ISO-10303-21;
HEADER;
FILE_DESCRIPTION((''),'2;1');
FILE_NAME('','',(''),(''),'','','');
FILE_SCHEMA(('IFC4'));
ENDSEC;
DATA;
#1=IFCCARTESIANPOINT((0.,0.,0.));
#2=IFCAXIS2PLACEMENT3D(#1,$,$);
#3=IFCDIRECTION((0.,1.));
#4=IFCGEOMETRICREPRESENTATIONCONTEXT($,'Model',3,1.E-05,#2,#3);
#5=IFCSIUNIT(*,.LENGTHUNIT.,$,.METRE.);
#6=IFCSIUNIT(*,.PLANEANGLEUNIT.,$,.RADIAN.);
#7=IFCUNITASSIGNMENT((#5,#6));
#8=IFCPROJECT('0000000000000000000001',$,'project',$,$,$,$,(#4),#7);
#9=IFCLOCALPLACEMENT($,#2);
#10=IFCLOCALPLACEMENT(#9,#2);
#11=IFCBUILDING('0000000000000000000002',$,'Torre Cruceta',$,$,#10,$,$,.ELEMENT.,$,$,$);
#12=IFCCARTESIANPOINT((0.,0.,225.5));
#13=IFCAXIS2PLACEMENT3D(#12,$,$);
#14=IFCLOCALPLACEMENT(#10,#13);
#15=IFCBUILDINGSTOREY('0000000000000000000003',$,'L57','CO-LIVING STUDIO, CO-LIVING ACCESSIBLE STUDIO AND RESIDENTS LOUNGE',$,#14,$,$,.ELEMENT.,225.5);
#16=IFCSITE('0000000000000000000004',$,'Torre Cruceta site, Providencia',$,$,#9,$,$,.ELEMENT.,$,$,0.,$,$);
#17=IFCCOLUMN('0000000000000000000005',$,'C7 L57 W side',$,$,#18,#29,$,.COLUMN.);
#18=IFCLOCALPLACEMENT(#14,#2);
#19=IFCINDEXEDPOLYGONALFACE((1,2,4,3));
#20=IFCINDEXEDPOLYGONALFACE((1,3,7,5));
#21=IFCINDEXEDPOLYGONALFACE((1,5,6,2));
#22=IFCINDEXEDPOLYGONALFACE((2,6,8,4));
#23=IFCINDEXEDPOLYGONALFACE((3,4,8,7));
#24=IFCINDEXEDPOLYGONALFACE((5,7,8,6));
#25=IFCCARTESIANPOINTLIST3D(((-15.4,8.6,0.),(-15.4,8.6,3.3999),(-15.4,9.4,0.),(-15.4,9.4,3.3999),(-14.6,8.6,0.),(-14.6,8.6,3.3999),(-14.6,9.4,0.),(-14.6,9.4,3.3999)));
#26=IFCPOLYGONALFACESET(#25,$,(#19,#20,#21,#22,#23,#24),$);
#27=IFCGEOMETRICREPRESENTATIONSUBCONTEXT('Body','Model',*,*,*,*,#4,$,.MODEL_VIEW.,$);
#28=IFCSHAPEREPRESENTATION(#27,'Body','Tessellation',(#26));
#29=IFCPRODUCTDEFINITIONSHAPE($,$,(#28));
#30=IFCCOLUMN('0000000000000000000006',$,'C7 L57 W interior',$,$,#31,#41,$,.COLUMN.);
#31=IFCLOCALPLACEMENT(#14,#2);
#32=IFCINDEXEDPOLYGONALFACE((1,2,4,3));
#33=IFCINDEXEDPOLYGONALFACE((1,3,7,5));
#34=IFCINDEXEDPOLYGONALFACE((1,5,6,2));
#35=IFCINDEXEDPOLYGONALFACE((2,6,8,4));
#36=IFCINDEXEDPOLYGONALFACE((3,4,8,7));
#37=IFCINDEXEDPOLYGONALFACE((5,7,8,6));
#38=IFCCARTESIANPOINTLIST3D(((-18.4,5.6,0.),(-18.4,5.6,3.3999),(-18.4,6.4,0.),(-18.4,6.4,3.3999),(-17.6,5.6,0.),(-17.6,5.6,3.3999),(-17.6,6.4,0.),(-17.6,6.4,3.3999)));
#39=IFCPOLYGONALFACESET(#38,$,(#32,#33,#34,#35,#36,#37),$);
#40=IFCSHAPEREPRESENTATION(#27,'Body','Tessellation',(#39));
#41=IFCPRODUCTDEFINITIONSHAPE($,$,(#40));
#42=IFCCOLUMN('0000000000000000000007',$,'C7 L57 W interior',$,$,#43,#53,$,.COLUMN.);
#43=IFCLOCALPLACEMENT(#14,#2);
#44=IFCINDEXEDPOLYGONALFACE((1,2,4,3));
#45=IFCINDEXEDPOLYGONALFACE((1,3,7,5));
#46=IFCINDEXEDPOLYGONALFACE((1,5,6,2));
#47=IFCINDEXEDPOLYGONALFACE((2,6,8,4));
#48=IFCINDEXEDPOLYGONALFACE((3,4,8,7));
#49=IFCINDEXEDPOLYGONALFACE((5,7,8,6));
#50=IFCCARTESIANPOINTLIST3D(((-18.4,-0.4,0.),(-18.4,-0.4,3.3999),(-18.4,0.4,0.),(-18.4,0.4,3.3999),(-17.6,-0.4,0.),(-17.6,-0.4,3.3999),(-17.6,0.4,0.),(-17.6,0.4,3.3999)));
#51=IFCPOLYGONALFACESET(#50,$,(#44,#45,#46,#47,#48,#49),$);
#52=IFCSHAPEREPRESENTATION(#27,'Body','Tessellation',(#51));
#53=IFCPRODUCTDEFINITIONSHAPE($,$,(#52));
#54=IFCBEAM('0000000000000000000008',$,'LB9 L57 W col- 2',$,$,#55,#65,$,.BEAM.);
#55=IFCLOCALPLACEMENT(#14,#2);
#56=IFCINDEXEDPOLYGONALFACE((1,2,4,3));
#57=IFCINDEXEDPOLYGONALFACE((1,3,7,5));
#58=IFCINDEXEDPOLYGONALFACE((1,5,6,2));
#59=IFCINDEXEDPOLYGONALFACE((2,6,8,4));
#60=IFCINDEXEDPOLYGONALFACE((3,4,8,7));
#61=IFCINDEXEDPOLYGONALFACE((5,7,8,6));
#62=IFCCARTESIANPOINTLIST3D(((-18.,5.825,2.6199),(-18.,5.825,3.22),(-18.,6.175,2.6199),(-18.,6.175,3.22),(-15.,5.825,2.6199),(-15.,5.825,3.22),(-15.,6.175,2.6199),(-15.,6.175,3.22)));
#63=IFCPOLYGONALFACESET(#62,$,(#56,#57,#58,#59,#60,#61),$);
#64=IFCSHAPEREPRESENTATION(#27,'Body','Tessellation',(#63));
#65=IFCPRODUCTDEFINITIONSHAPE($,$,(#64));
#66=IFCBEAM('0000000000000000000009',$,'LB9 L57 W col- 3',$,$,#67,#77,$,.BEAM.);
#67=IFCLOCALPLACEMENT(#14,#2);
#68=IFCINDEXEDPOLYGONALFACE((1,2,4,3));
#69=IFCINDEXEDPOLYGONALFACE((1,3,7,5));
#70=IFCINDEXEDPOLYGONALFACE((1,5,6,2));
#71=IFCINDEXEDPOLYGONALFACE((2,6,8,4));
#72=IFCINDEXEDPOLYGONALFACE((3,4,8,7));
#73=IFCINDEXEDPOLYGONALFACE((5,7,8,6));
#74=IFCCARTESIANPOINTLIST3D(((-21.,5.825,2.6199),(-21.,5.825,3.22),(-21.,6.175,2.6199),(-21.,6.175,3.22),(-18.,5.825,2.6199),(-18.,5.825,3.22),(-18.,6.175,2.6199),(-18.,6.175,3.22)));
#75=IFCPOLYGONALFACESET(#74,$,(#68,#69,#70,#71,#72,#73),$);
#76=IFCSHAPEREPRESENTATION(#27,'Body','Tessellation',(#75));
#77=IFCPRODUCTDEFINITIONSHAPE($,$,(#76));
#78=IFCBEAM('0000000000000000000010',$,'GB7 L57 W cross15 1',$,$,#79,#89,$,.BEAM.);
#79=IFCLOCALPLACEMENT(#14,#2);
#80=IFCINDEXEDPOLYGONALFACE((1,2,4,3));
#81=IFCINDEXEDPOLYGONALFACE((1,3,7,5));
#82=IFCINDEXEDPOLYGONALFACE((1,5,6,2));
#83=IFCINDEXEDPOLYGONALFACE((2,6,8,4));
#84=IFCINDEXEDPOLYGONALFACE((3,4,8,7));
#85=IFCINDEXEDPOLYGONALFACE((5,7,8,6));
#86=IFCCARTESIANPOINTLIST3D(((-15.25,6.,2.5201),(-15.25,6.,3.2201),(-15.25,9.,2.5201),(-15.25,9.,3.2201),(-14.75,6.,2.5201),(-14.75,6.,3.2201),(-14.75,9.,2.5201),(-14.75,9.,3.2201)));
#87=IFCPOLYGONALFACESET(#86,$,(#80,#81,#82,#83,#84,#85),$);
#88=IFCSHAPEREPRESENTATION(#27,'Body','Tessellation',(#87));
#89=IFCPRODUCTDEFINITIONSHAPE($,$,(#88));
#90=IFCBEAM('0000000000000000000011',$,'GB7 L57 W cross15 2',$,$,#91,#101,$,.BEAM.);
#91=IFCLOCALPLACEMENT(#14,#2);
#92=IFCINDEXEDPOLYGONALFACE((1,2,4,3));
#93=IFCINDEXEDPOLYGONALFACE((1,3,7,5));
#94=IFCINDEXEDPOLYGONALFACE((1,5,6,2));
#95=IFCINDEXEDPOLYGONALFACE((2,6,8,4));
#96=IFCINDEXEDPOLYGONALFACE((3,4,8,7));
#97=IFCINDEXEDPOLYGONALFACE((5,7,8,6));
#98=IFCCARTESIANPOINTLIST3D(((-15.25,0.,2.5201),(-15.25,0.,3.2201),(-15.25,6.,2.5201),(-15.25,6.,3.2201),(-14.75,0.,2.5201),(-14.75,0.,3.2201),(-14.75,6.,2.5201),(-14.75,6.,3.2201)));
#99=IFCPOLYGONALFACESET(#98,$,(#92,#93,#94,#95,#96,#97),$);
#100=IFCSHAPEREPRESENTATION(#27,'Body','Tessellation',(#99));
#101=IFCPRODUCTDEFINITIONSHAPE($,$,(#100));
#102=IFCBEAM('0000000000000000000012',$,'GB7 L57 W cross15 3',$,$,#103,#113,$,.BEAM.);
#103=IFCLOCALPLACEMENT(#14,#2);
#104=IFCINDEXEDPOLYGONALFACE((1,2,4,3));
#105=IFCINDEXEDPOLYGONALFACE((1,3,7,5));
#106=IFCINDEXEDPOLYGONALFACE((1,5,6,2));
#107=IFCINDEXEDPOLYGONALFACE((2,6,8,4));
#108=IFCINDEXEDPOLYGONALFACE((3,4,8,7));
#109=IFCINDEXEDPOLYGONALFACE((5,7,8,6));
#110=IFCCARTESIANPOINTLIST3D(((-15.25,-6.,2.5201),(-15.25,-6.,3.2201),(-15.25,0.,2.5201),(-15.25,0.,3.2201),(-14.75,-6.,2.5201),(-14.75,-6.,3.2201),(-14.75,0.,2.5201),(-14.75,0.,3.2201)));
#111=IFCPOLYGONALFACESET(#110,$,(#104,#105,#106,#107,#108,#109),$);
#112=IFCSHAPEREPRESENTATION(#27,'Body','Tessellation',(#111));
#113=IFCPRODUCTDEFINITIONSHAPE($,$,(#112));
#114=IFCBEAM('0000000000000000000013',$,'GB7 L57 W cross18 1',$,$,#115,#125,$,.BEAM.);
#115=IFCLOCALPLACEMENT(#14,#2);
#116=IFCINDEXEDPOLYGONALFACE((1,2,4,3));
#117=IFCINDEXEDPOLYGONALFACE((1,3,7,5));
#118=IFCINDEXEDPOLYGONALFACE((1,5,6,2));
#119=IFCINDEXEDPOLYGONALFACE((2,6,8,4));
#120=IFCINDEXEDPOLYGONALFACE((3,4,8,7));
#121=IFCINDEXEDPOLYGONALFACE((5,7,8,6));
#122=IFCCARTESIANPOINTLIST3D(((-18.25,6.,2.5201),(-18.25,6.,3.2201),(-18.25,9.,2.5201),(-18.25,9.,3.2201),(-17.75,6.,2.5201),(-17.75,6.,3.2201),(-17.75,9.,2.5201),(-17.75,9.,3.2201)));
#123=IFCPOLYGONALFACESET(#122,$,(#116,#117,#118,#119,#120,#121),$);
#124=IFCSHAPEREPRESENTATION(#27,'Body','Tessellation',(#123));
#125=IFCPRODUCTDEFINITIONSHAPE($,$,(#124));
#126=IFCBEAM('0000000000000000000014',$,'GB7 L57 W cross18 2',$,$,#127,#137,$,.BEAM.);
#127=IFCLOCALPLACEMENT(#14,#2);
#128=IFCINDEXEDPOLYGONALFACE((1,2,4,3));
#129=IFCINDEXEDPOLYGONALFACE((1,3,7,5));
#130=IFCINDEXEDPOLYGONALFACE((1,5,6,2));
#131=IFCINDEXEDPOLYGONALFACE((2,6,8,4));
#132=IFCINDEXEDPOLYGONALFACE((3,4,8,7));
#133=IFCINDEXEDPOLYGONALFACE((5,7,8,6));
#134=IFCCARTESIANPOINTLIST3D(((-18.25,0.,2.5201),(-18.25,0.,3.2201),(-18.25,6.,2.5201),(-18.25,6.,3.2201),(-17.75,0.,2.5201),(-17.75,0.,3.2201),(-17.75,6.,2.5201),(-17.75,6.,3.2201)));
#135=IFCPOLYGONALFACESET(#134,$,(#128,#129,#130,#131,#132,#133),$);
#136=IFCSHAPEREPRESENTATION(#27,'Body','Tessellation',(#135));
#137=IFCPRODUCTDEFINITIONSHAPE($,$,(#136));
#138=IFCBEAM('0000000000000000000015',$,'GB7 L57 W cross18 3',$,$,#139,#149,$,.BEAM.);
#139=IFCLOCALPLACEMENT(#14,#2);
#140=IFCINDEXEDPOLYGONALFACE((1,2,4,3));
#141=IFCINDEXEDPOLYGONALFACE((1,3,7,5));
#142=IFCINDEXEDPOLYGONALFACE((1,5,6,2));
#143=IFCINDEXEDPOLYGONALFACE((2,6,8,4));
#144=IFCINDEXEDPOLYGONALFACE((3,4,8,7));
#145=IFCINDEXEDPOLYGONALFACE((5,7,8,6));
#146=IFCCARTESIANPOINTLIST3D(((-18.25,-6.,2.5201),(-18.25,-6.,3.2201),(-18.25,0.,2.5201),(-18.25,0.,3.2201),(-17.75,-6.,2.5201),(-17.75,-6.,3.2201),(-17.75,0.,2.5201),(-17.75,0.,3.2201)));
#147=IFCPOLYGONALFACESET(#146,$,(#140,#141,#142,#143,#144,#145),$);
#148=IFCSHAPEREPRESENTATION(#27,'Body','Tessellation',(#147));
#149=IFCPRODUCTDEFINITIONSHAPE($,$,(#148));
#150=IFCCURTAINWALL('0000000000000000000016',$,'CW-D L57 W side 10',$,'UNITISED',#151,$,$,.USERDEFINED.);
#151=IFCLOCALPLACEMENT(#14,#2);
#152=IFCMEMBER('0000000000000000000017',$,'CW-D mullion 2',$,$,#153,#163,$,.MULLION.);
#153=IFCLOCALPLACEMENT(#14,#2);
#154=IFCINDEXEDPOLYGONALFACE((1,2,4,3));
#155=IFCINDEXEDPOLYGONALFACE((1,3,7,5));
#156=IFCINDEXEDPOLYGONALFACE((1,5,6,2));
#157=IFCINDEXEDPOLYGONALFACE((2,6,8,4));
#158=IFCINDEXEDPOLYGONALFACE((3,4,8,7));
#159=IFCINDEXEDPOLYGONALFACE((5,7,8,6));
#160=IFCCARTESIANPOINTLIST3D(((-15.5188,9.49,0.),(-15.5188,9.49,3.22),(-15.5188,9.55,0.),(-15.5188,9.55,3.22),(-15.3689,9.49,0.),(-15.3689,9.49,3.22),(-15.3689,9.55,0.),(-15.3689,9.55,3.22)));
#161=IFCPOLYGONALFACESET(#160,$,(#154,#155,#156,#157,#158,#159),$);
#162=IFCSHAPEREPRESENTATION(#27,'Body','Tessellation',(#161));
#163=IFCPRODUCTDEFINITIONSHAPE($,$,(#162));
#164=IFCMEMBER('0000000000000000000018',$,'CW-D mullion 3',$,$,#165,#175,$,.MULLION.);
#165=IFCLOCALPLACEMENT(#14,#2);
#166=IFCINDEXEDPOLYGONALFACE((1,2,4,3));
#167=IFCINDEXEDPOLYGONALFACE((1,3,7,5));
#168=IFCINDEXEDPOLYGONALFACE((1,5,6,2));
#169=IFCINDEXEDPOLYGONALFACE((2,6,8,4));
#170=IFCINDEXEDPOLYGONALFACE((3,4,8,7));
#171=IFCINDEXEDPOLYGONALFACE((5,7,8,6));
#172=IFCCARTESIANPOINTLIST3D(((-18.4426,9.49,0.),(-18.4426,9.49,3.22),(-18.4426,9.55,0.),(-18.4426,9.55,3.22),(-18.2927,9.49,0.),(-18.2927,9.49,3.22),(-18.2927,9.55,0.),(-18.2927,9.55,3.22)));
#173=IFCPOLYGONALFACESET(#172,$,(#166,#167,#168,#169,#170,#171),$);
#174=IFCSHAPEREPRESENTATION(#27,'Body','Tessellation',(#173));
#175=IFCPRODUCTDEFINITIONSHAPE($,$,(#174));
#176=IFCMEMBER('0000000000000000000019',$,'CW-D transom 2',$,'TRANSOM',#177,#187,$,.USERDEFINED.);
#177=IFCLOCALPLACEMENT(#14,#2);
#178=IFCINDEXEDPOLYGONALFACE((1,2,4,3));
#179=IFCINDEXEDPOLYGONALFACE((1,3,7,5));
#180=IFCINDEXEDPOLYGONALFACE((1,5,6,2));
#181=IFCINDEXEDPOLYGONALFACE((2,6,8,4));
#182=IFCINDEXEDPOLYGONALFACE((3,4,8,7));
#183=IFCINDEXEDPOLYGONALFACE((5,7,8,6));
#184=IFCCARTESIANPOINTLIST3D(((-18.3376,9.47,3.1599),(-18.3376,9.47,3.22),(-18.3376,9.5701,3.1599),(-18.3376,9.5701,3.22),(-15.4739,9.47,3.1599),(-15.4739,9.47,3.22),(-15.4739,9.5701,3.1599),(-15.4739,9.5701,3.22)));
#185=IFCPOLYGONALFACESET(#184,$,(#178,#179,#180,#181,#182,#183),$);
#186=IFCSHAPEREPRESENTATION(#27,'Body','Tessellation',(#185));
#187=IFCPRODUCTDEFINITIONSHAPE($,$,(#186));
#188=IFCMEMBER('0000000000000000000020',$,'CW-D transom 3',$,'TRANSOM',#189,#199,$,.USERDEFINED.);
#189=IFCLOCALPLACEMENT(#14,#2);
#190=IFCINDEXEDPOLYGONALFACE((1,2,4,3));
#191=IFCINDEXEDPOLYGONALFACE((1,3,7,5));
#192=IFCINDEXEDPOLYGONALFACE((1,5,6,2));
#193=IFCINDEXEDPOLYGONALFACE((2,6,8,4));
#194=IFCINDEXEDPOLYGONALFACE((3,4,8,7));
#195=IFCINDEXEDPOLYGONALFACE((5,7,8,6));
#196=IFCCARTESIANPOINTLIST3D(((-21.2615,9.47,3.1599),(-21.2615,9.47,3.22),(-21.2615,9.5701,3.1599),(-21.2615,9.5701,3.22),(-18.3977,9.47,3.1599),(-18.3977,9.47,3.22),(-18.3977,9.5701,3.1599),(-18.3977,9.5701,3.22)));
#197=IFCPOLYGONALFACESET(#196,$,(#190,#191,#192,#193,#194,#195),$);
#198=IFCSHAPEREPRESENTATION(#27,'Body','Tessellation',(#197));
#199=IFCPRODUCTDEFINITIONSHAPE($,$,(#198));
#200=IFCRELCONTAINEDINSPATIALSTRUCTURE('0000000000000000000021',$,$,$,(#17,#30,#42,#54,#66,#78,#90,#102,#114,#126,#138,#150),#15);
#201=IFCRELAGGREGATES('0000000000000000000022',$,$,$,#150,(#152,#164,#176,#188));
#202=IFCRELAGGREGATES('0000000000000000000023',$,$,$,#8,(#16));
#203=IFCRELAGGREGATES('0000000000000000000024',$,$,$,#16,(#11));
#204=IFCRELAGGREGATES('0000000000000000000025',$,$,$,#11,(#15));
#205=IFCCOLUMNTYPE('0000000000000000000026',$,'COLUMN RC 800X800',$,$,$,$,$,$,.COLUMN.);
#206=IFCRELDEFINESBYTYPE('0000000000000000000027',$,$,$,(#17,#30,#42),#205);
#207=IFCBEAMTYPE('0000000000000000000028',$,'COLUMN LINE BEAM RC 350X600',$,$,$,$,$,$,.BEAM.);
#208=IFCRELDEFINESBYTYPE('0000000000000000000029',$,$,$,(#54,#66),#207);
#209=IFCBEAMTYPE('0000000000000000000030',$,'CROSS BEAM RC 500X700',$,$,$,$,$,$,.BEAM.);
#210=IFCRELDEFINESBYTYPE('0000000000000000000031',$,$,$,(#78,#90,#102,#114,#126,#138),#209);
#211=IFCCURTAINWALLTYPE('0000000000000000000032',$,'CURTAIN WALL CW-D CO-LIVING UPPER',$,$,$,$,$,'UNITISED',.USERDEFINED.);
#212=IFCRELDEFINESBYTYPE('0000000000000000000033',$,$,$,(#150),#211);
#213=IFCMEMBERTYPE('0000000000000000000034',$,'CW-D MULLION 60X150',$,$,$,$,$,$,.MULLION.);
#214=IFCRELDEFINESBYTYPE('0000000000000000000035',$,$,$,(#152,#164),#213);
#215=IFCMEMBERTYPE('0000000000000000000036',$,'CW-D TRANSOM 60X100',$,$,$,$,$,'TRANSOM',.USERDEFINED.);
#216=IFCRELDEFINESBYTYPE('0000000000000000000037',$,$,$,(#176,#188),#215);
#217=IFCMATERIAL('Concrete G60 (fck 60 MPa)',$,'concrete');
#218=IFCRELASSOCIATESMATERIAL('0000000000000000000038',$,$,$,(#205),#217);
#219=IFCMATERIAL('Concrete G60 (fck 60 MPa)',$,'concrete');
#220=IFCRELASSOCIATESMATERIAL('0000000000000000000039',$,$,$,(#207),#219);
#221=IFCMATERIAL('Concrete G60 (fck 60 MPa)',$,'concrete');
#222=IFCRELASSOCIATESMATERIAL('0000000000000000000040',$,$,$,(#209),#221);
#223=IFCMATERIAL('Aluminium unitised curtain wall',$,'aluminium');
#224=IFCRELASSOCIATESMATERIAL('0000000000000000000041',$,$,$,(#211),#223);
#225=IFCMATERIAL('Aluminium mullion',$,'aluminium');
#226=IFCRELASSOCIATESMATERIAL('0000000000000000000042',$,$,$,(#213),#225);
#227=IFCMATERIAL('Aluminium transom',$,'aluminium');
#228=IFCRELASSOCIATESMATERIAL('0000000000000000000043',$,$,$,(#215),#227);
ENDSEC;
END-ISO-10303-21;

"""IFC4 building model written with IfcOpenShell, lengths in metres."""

from ifc_helpers import new_model, si_unit, direction, frame, origin, origin_2d, place, context, subcontext, project, spatial, rectangle, extrude, material, material_profile, profile_set, type_object, element, aggregate, save


model = new_model("IFC4")

# Units and contexts
model_context = context("Model", 3, precision=1e-05, world=origin(), true_north=direction((0.0, 1.0)))
body_context = subcontext(model_context, "Body", "Model", "MODEL_VIEW")
ifc_project = project(units=[si_unit("LENGTHUNIT", "METRE"), si_unit("PLANEANGLEUNIT", "RADIAN")], contexts=[model_context])

# Site, building, storey
site_placement = place(None, origin())
site = spatial("IfcSite", under=ifc_project, at=site_placement, Name="Torre Cruceta site, Providencia", CompositionType="ELEMENT", RefElevation=0.0)
building_placement = place(site_placement, origin())
building = spatial("IfcBuilding", under=site, at=building_placement, Name="Torre Cruceta", CompositionType="ELEMENT")
storey_placement = place(building_placement, frame((0.0, 0.0, 225.5)))
storey = spatial("IfcBuildingStorey", under=building, at=storey_placement, Name="L57", Description="CO-LIVING STUDIO, CO-LIVING ACCESSIBLE STUDIO AND RESIDENTS LOUNGE", CompositionType="ELEMENT", Elevation=225.5)

# Columns
ifc_material_1 = material(Name="Concrete G60 (fck 60 MPa)", Category="concrete")
ifc_material_profile_1 = material_profile(ifc_material_1, rectangle(XDim=0.8, YDim=0.8, at=origin_2d()), Name="RC 800X800")
ifc_profile_set_1 = profile_set([ifc_material_profile_1], Name="Concrete G60 (fck 60 MPa)")
column_type = type_object("IfcColumnType", Name="COLUMN RC 800X800", PredefinedType="COLUMN", material=ifc_profile_set_1)
for number, where, z_axis, x_axis, name in (
    (1, (-15.0, 9.0, 0.0), (0.0, 0.0, 1.0), (1.0, 0.0, 0.0), "C7 L57 W side"),
    (2, (-18.0, 6.0, 0.0), (0.0, 0.0, 1.0), (1.0, 0.0, 0.0), "C7 L57 W interior"),
    (3, (-18.0, 0.0, 0.0), (0.0, 0.0, 1.0), (1.0, 0.0, 0.0), "C7 L57 W interior"),
):
    element("IfcColumn", number, at=place(storey_placement, frame(where, z_axis=z_axis, x_axis=x_axis)), inside=storey, type_object=column_type, Name=name, PredefinedType="COLUMN", context=body_context, shape_type="SweptSolid", body=[
        extrude(rectangle(XDim=0.8, YDim=0.8, at=origin_2d()), origin(), (0.0, 0.0, 1.0), 3.3999),
    ])

# Beams
ifc_material_2 = material(Name="Concrete G60 (fck 60 MPa)", Category="concrete")
ifc_material_profile_2 = material_profile(ifc_material_2, rectangle(XDim=0.3501, YDim=0.6001, at=origin_2d()), Name="RC 350X600")
ifc_profile_set_2 = profile_set([ifc_material_profile_2], Name="Concrete G60 (fck 60 MPa)")
beam_type_1 = type_object("IfcBeamType", Name="COLUMN LINE BEAM RC 350X600", PredefinedType="BEAM", material=ifc_profile_set_2)
for number, where, z_axis, x_axis, name in (
    (4, (-15.0, 6.0, 2.9199), (-1.0, 0.0, 0.0), (0.0, -1.0, 0.0), "LB9 L57 W col- 2"),
    (5, (-18.0, 6.0, 2.9199), (-1.0, 0.0, 0.0), (0.0, -1.0, 0.0), "LB9 L57 W col- 3"),
):
    element("IfcBeam", number, at=place(storey_placement, frame(where, z_axis=z_axis, x_axis=x_axis)), inside=storey, type_object=beam_type_1, Name=name, PredefinedType="BEAM", context=body_context, shape_type="SweptSolid", body=[
        extrude(rectangle(XDim=0.3501, YDim=0.6001, at=origin_2d()), origin(), (0.0, 0.0, 1.0), 3.0),
    ])
ifc_material_3 = material(Name="Concrete G60 (fck 60 MPa)", Category="concrete")
ifc_material_profile_3 = material_profile(ifc_material_3, rectangle(XDim=0.5, YDim=0.7, at=origin_2d()), Name="RC 500X700")
ifc_profile_set_3 = profile_set([ifc_material_profile_3], Name="Concrete G60 (fck 60 MPa)")
beam_type_2 = type_object("IfcBeamType", Name="CROSS BEAM RC 500X700", PredefinedType="BEAM", material=ifc_profile_set_3)
beam_1_placement = place(storey_placement, frame((-15.0, 9.0, 2.8701), z_axis=(0.0, -1.0, 0.0), x_axis=(1.0, 0.0, 0.0)))
element("IfcBeam", 6, at=beam_1_placement, inside=storey, type_object=beam_type_2, Name="GB7 L57 W cross15 1", PredefinedType="BEAM", context=body_context, shape_type="SweptSolid", body=[
    extrude(rectangle(XDim=0.5, YDim=0.7, at=origin_2d()), origin(), (0.0, 0.0, 1.0), 3.0),
])
for number, where, z_axis, x_axis, name in (
    (7, (-15.0, 6.0, 2.8701), (0.0, -1.0, 0.0), (1.0, 0.0, 0.0), "GB7 L57 W cross15 2"),
    (8, (-15.0, 0.0, 2.8701), (0.0, -1.0, 0.0), (1.0, 0.0, 0.0), "GB7 L57 W cross15 3"),
):
    element("IfcBeam", number, at=place(storey_placement, frame(where, z_axis=z_axis, x_axis=x_axis)), inside=storey, type_object=beam_type_2, Name=name, PredefinedType="BEAM", context=body_context, shape_type="SweptSolid", body=[
        extrude(rectangle(XDim=0.5, YDim=0.7, at=origin_2d()), origin(), (0.0, 0.0, 1.0), 6.0),
    ])
beam_2_placement = place(storey_placement, frame((-18.0, 9.0, 2.8701), z_axis=(0.0, -1.0, 0.0), x_axis=(1.0, 0.0, 0.0)))
element("IfcBeam", 9, at=beam_2_placement, inside=storey, type_object=beam_type_2, Name="GB7 L57 W cross18 1", PredefinedType="BEAM", context=body_context, shape_type="SweptSolid", body=[
    extrude(rectangle(XDim=0.5, YDim=0.7, at=origin_2d()), origin(), (0.0, 0.0, 1.0), 3.0),
])
for number, where, z_axis, x_axis, name in (
    (10, (-18.0, 6.0, 2.8701), (0.0, -1.0, 0.0), (1.0, 0.0, 0.0), "GB7 L57 W cross18 2"),
    (11, (-18.0, 0.0, 2.8701), (0.0, -1.0, 0.0), (1.0, 0.0, 0.0), "GB7 L57 W cross18 3"),
):
    element("IfcBeam", number, at=place(storey_placement, frame(where, z_axis=z_axis, x_axis=x_axis)), inside=storey, type_object=beam_type_2, Name=name, PredefinedType="BEAM", context=body_context, shape_type="SweptSolid", body=[
        extrude(rectangle(XDim=0.5, YDim=0.7, at=origin_2d()), origin(), (0.0, 0.0, 1.0), 6.0),
    ])

# Curtain wall, members
ifc_material_4 = material(Name="Aluminium unitised curtain wall", Category="aluminium")
curtain_wall_type = type_object("IfcCurtainWallType", Name="CURTAIN WALL CW-D CO-LIVING UPPER", ElementType="UNITISED", PredefinedType="USERDEFINED", material=ifc_material_4)
curtain_wall_placement = place(storey_placement, origin())
curtain_wall = element("IfcCurtainWall", 12, at=curtain_wall_placement, inside=storey, type_object=curtain_wall_type, Name="CW-D L57 W side 10", ObjectType="UNITISED", PredefinedType="USERDEFINED")
ifc_material_5 = material(Name="Aluminium mullion", Category="aluminium")
ifc_material_profile_4 = material_profile(ifc_material_5, rectangle(XDim=0.0601, YDim=0.1499, at=origin_2d()), Name="AL 60X150")
ifc_profile_set_4 = profile_set([ifc_material_profile_4], Name="Aluminium mullion")
member_type_1 = type_object("IfcMemberType", Name="CW-D MULLION 60X150", PredefinedType="MULLION", material=ifc_profile_set_4)
member_1_placement = place(storey_placement, frame((-15.4438, 9.52, 0.0), z_axis=(0.0, 0.0, 1.0), x_axis=(0.0, -1.0, 0.0)))
member_1 = element("IfcMember", 13, at=member_1_placement, type_object=member_type_1, Name="CW-D mullion 2", PredefinedType="MULLION", context=body_context, shape_type="SweptSolid", body=[
    extrude(rectangle(XDim=0.0601, YDim=0.1499, at=origin_2d()), origin(), (0.0, 0.0, 1.0), 3.22),
])
member_2_placement = place(storey_placement, frame((-18.3677, 9.52, 0.0), z_axis=(0.0, 0.0, 1.0), x_axis=(0.0, -1.0, 0.0)))
member_2 = element("IfcMember", 14, at=member_2_placement, type_object=member_type_1, Name="CW-D mullion 3", PredefinedType="MULLION", context=body_context, shape_type="SweptSolid", body=[
    extrude(rectangle(XDim=0.0601, YDim=0.1499, at=origin_2d()), origin(), (0.0, 0.0, 1.0), 3.22),
])
ifc_material_6 = material(Name="Aluminium transom", Category="aluminium")
ifc_material_profile_5 = material_profile(ifc_material_6, rectangle(XDim=0.1001, YDim=0.0601, at=origin_2d()), Name="AL 100X60")
ifc_profile_set_5 = profile_set([ifc_material_profile_5], Name="Aluminium transom")
member_type_2 = type_object("IfcMemberType", Name="CW-D TRANSOM 60X100", ElementType="TRANSOM", PredefinedType="USERDEFINED", material=ifc_profile_set_5)
member_3_placement = place(storey_placement, frame((-15.4739, 9.52, 3.1899), z_axis=(-1.0, 0.0, 0.0), x_axis=(0.0, -1.0, 0.0)))
member_3 = element("IfcMember", 15, at=member_3_placement, type_object=member_type_2, Name="CW-D transom 2", ObjectType="TRANSOM", PredefinedType="USERDEFINED", context=body_context, shape_type="SweptSolid", body=[
    extrude(rectangle(XDim=0.1001, YDim=0.0601, at=origin_2d()), origin(), (0.0, 0.0, 1.0), 2.8638),
])
member_4_placement = place(storey_placement, frame((-18.3977, 9.52, 3.1899), z_axis=(-1.0, 0.0, 0.0), x_axis=(0.0, -1.0, 0.0)))
member_4 = element("IfcMember", 16, at=member_4_placement, type_object=member_type_2, Name="CW-D transom 3", ObjectType="TRANSOM", PredefinedType="USERDEFINED", context=body_context, shape_type="SweptSolid", body=[
    extrude(rectangle(XDim=0.1001, YDim=0.0601, at=origin_2d()), origin(), (0.0, 0.0, 1.0), 2.8638),
])

aggregate(curtain_wall, [member_1, member_2, member_3, member_4])

save(model, "model.ifc")
